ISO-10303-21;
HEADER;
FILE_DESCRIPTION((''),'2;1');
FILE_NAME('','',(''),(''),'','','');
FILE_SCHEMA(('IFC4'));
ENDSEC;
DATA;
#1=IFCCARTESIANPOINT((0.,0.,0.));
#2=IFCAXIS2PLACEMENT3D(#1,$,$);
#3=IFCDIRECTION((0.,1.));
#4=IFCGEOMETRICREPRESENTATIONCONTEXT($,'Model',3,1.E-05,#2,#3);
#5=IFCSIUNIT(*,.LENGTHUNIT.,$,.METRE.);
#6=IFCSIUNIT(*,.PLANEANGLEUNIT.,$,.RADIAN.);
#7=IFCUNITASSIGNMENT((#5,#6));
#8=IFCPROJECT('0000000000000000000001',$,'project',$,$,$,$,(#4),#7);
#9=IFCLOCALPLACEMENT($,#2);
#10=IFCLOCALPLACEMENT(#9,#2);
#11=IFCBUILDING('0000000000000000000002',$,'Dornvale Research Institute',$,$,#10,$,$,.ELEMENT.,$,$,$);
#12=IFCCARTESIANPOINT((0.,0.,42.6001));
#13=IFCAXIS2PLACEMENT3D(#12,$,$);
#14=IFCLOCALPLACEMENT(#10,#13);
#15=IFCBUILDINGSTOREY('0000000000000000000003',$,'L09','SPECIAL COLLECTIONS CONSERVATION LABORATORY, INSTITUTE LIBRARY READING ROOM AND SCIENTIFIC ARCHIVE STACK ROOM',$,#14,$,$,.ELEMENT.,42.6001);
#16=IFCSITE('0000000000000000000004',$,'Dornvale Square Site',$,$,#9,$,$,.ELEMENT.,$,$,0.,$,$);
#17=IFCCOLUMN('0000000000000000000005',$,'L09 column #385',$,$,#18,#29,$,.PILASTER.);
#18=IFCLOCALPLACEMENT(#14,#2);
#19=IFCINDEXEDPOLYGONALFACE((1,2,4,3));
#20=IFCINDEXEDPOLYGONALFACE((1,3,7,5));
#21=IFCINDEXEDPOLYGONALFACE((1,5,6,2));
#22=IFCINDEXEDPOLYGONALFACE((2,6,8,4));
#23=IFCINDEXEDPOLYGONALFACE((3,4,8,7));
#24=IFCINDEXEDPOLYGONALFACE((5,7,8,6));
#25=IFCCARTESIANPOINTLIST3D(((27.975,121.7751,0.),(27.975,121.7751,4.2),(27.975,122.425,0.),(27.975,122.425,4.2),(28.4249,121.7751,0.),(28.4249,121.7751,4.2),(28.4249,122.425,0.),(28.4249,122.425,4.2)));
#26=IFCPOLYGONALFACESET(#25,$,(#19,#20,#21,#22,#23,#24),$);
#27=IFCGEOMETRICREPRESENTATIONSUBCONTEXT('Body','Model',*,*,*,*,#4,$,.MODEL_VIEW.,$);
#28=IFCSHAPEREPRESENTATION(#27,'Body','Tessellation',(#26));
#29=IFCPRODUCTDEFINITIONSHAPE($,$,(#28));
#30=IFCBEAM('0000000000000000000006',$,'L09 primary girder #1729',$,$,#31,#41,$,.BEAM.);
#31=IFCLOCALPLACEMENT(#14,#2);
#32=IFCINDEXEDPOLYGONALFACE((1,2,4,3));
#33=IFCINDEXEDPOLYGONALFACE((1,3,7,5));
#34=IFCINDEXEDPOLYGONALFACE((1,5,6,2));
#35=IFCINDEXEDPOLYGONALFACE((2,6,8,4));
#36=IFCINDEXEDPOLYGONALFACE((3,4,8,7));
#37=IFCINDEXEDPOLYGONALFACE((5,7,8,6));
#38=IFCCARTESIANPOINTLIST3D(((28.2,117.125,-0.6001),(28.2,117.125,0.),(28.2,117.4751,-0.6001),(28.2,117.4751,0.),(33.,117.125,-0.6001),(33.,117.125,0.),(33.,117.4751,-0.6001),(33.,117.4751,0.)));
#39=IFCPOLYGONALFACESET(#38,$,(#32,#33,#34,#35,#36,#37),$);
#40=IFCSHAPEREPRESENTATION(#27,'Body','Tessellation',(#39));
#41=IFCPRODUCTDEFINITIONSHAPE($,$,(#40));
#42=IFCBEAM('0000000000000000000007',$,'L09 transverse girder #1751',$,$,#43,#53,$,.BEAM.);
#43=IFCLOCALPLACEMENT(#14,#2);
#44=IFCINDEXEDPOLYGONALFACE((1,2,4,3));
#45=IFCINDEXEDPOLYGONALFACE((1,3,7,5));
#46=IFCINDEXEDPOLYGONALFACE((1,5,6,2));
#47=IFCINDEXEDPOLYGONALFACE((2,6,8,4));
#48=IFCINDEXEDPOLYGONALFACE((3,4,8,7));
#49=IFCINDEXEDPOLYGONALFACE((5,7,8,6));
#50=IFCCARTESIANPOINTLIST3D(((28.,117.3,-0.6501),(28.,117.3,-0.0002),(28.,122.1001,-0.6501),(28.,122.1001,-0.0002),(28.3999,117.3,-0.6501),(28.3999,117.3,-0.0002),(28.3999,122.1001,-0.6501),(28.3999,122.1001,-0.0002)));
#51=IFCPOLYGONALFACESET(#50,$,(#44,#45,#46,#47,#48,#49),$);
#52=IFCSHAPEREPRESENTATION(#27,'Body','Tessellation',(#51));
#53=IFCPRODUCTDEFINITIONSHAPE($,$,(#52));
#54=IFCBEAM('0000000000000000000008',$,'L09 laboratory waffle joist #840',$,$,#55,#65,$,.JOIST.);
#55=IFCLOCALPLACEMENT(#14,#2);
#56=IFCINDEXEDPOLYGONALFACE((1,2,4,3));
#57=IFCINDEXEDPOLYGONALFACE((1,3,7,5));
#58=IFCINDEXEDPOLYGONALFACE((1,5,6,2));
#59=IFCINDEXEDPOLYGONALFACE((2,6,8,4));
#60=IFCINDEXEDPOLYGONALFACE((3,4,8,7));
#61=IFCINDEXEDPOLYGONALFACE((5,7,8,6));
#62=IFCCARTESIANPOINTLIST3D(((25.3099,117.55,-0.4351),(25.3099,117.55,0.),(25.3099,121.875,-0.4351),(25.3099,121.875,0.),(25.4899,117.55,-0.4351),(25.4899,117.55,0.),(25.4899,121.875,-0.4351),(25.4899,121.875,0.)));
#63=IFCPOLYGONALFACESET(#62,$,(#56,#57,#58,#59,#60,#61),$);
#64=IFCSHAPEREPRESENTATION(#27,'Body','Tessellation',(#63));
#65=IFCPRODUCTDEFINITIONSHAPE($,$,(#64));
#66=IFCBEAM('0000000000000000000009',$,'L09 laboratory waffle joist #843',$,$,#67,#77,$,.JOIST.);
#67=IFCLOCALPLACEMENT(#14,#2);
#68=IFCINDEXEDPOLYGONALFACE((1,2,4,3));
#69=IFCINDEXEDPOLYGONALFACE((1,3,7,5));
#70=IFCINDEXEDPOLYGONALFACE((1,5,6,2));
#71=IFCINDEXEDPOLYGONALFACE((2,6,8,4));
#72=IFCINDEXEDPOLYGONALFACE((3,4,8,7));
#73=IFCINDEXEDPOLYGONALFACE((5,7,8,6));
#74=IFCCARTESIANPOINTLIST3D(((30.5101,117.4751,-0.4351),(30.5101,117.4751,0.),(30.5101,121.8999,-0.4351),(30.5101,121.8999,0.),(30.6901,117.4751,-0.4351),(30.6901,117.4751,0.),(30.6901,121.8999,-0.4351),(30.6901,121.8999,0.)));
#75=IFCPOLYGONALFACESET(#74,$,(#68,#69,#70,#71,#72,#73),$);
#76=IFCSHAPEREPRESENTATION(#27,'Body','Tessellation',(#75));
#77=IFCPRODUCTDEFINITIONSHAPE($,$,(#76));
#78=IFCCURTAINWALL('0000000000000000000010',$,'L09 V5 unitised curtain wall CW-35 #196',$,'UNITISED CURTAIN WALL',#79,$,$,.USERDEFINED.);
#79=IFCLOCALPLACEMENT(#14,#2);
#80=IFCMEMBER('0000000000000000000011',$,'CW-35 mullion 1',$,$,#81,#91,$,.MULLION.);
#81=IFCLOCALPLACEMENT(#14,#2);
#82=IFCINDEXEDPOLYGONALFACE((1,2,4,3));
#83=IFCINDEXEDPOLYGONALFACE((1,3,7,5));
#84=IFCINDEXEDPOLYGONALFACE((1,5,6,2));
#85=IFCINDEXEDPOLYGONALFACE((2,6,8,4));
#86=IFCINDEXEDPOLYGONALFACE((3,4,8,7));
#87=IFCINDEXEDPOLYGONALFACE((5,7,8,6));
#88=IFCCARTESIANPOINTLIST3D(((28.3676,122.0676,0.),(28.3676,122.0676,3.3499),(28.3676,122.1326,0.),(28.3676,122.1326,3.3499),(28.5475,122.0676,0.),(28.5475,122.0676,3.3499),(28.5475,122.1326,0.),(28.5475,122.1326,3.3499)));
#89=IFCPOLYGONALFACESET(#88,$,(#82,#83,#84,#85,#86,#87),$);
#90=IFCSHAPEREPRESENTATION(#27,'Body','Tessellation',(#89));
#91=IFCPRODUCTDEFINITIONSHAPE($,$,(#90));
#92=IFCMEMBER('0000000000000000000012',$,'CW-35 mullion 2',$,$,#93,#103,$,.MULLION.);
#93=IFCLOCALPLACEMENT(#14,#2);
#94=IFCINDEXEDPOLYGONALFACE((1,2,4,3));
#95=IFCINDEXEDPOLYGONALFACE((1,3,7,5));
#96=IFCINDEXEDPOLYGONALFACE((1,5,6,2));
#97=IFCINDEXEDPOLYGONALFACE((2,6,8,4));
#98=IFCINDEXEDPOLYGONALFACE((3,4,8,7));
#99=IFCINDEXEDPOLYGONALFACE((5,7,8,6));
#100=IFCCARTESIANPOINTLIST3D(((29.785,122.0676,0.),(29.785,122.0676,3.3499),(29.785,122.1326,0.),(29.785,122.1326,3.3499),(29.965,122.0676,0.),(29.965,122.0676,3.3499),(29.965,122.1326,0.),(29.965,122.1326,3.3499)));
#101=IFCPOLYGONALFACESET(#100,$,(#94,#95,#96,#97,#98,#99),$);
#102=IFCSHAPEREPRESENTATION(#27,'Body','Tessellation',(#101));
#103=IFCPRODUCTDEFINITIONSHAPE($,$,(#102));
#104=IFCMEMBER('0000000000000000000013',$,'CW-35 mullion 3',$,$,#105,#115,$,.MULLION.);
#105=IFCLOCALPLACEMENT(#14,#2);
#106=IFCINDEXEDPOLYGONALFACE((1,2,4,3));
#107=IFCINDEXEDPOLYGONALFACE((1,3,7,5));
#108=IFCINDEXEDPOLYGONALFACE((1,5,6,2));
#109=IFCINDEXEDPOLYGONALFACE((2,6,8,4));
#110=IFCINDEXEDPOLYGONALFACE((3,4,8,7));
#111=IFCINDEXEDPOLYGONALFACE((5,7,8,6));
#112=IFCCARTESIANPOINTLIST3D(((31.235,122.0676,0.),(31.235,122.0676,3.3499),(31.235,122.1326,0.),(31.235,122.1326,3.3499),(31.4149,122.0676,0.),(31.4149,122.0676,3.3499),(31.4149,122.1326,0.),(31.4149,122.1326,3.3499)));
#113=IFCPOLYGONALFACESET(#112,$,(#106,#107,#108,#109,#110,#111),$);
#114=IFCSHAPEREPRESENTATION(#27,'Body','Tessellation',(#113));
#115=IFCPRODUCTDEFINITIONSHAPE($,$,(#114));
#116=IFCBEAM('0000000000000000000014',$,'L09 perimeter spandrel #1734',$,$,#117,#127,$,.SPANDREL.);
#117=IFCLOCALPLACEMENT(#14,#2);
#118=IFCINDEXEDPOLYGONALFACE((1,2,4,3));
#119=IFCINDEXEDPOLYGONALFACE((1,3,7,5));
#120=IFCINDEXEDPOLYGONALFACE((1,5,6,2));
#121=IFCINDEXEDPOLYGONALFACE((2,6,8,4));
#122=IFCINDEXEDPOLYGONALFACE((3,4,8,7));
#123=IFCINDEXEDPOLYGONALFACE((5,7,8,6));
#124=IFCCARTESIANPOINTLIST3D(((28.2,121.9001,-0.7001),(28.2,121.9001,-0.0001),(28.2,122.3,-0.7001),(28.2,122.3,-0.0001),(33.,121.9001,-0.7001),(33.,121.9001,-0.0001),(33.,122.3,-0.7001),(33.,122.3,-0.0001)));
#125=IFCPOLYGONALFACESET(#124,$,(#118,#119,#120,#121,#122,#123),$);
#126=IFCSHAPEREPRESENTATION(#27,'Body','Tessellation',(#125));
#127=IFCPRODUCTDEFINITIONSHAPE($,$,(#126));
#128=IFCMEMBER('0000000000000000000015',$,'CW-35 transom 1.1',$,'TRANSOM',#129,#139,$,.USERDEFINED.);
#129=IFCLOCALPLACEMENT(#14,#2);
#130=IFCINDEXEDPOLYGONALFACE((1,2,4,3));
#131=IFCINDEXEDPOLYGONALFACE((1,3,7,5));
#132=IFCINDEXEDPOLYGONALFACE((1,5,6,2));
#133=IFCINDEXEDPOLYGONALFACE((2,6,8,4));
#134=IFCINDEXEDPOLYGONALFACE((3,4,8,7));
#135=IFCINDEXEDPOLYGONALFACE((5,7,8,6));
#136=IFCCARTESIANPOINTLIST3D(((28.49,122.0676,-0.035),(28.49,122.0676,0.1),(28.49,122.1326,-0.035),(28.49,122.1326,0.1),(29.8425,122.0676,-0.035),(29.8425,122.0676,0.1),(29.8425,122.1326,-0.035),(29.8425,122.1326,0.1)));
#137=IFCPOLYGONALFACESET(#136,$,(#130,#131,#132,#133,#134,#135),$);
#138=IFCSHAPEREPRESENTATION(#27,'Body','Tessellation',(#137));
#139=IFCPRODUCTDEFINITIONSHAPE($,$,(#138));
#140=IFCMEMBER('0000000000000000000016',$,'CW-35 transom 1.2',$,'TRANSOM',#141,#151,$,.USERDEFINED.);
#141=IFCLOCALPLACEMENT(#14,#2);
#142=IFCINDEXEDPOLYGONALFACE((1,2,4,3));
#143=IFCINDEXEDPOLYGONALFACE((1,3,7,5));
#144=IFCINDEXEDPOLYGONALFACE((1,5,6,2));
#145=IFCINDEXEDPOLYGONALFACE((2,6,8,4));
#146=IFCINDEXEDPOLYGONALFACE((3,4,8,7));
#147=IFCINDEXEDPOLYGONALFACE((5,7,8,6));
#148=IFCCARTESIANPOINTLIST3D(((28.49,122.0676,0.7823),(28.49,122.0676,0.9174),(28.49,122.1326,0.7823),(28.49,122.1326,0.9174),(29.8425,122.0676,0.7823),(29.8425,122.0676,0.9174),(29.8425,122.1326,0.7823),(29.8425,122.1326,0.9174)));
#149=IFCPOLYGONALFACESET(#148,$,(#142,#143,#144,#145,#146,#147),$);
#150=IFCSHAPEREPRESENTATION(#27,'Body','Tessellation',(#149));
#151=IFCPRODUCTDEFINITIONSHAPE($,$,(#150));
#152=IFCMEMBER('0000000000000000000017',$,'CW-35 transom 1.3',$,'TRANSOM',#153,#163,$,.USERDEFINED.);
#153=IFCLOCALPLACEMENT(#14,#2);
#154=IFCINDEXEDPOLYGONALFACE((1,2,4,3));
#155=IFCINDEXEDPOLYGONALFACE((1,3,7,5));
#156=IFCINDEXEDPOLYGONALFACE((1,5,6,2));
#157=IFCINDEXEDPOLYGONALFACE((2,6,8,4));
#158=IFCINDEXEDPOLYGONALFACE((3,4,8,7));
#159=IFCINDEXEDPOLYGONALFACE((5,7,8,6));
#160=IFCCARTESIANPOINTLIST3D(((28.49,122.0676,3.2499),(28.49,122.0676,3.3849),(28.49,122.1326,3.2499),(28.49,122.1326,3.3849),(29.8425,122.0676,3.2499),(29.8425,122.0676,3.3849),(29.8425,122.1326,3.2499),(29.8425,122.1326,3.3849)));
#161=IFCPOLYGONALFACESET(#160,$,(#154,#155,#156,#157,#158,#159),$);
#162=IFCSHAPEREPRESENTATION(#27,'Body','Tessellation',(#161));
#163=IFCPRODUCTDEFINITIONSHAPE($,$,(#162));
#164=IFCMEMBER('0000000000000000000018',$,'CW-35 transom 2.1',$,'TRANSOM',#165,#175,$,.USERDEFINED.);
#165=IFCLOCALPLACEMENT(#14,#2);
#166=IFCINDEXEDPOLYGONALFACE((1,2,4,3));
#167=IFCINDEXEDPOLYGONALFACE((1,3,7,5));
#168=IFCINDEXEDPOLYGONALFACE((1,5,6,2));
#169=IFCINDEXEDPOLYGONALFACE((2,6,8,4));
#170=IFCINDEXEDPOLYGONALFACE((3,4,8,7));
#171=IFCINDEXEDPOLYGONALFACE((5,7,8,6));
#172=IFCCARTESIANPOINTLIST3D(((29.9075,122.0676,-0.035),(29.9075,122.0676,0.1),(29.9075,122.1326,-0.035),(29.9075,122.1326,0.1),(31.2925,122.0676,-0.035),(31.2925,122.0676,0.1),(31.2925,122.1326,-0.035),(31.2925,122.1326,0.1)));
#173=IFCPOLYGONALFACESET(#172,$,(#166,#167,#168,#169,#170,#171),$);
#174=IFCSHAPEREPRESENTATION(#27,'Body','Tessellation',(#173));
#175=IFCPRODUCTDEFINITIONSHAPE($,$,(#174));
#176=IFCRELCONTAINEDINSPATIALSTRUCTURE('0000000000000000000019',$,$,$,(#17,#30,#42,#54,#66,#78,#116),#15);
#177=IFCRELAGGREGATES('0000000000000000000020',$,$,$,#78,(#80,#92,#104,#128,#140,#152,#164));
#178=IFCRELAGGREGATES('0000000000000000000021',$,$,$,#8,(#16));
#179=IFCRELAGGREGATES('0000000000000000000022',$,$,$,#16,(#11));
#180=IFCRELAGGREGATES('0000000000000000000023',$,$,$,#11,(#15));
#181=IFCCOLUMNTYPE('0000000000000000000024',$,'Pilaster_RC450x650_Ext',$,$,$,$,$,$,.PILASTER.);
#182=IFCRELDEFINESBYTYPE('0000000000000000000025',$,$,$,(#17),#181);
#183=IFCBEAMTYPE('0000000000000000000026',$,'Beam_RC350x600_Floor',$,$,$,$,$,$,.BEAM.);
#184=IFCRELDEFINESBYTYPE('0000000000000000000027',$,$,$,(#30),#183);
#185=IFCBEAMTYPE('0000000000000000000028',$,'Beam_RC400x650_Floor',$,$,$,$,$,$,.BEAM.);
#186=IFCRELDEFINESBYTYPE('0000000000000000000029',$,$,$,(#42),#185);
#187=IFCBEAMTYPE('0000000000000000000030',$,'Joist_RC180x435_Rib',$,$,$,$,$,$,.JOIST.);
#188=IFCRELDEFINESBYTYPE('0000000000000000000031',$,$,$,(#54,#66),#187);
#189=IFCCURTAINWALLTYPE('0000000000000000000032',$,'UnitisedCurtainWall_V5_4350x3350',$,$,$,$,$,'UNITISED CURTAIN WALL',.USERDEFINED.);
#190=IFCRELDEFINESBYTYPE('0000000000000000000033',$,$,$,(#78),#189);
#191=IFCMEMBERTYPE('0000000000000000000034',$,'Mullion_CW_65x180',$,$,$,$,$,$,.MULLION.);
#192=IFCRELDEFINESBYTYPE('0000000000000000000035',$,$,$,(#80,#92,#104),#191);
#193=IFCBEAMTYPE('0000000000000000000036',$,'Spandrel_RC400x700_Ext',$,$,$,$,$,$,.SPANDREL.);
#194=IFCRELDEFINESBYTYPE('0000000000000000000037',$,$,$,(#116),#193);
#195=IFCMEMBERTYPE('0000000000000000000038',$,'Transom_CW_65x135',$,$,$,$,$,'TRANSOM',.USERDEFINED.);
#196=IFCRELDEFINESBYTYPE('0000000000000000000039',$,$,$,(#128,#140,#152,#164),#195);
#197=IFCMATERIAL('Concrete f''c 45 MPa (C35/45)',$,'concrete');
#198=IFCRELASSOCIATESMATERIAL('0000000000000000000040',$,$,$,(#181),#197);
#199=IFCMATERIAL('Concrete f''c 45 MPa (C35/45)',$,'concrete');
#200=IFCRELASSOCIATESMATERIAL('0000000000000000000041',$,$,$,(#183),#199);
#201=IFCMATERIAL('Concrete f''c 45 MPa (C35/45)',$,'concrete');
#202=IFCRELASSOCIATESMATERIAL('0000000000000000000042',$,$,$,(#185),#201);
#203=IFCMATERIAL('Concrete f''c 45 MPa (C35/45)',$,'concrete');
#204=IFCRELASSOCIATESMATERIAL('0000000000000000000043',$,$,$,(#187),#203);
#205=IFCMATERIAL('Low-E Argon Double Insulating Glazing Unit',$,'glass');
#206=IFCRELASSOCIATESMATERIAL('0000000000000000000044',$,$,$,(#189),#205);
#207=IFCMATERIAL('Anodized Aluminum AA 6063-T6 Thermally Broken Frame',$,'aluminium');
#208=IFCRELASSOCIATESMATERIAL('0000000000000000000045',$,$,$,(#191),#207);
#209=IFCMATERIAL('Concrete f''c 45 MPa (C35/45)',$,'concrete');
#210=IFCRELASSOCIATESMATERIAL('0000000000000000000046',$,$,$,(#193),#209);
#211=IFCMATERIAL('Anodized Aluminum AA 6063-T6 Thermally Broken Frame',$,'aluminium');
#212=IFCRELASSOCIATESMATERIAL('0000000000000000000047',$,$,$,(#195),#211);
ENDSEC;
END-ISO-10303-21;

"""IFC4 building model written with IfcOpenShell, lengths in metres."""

from ifc_helpers import new_model, si_unit, direction, frame, origin, origin_2d, place, context, subcontext, project, spatial, rectangle, extrude, material, material_profile, profile_set, type_object, element, aggregate, save


model = new_model("IFC4")

# Units and contexts
model_context = context("Model", 3, precision=1e-05, world=origin(), true_north=direction((0.0, 1.0)))
body_context = subcontext(model_context, "Body", "Model", "MODEL_VIEW")
ifc_project = project(units=[si_unit("LENGTHUNIT", "METRE"), si_unit("PLANEANGLEUNIT", "RADIAN")], contexts=[model_context])

# Site, building, storey
site_placement = place(None, origin())
site = spatial("IfcSite", under=ifc_project, at=site_placement, Name="Dornvale Square Site", CompositionType="ELEMENT", RefElevation=0.0)
building_placement = place(site_placement, origin())
building = spatial("IfcBuilding", under=site, at=building_placement, Name="Dornvale Research Institute", CompositionType="ELEMENT")
storey_placement = place(building_placement, frame((0.0, 0.0, 42.6001)))
storey = spatial("IfcBuildingStorey", under=building, at=storey_placement, Name="L09", Description="SPECIAL COLLECTIONS CONSERVATION LABORATORY, INSTITUTE LIBRARY READING ROOM AND SCIENTIFIC ARCHIVE STACK ROOM", CompositionType="ELEMENT", Elevation=42.6001)

# Column
ifc_material_1 = material(Name="Concrete f'c 45 MPa (C35/45)", Category="concrete")
ifc_material_profile_1 = material_profile(ifc_material_1, rectangle(XDim=0.45, YDim=0.6499, at=origin_2d()), Name="RC 450x650")
ifc_profile_set_1 = profile_set([ifc_material_profile_1], Name="Concrete f'c 45 MPa (C35/45)")
column_type = type_object("IfcColumnType", Name="Pilaster_RC450x650_Ext", PredefinedType="PILASTER", material=ifc_profile_set_1)
column_placement = place(storey_placement, frame((28.2, 122.1001, 0.0), z_axis=(0.0, 0.0, 1.0), x_axis=(1.0, 0.0, 0.0)))
element("IfcColumn", 1, at=column_placement, inside=storey, type_object=column_type, Name="L09 column #385", PredefinedType="PILASTER", context=body_context, shape_type="SweptSolid", body=[
    extrude(rectangle(XDim=0.45, YDim=0.6499, at=origin_2d()), origin(), (0.0, 0.0, 1.0), 4.2),
])

# Beams
ifc_material_2 = material(Name="Concrete f'c 45 MPa (C35/45)", Category="concrete")
ifc_material_profile_2 = material_profile(ifc_material_2, rectangle(XDim=0.3501, YDim=0.6001, at=origin_2d()), Name="RC 350x600")
ifc_profile_set_2 = profile_set([ifc_material_profile_2], Name="Concrete f'c 45 MPa (C35/45)")
beam_type_1 = type_object("IfcBeamType", Name="Beam_RC350x600_Floor", PredefinedType="BEAM", material=ifc_profile_set_2)
beam_1_placement = place(storey_placement, frame((28.2, 117.3, -0.3), z_axis=(1.0, 0.0, 0.0), x_axis=(0.0, 1.0, 0.0)))
element("IfcBeam", 2, at=beam_1_placement, inside=storey, type_object=beam_type_1, Name="L09 primary girder #1729", PredefinedType="BEAM", context=body_context, shape_type="SweptSolid", body=[
    extrude(rectangle(XDim=0.3501, YDim=0.6001, at=origin_2d()), origin(), (0.0, 0.0, 1.0), 4.8),
])
ifc_material_3 = material(Name="Concrete f'c 45 MPa (C35/45)", Category="concrete")
ifc_material_profile_3 = material_profile(ifc_material_3, rectangle(XDim=0.3999, YDim=0.6499, at=origin_2d()), Name="RC 400x650")
ifc_profile_set_3 = profile_set([ifc_material_profile_3], Name="Concrete f'c 45 MPa (C35/45)")
beam_type_2 = type_object("IfcBeamType", Name="Beam_RC400x650_Floor", PredefinedType="BEAM", material=ifc_profile_set_3)
beam_2_placement = place(storey_placement, frame((28.2, 117.3, -0.3252), z_axis=(0.0, 1.0, 0.0), x_axis=(-1.0, 0.0, 0.0)))
element("IfcBeam", 3, at=beam_2_placement, inside=storey, type_object=beam_type_2, Name="L09 transverse girder #1751", PredefinedType="BEAM", context=body_context, shape_type="SweptSolid", body=[
    extrude(rectangle(XDim=0.3999, YDim=0.6499, at=origin_2d()), origin(), (0.0, 0.0, 1.0), 4.8),
])
ifc_material_4 = material(Name="Concrete f'c 45 MPa (C35/45)", Category="concrete")
ifc_material_profile_4 = material_profile(ifc_material_4, rectangle(XDim=0.1799, YDim=0.4351, at=origin_2d()), Name="RC 180x435")
ifc_profile_set_4 = profile_set([ifc_material_profile_4], Name="Concrete f'c 45 MPa (C35/45)")
beam_type_3 = type_object("IfcBeamType", Name="Joist_RC180x435_Rib", PredefinedType="JOIST", material=ifc_profile_set_4)
beam_3_placement = place(storey_placement, frame((25.3999, 117.55, -0.2175), z_axis=(0.0, 1.0, 0.0), x_axis=(-1.0, 0.0, 0.0)))
element("IfcBeam", 4, at=beam_3_placement, inside=storey, type_object=beam_type_3, Name="L09 laboratory waffle joist #840", PredefinedType="JOIST", context=body_context, shape_type="SweptSolid", body=[
    extrude(rectangle(XDim=0.1799, YDim=0.4351, at=origin_2d()), origin(), (0.0, 0.0, 1.0), 4.325),
])
beam_4_placement = place(storey_placement, frame((30.6001, 117.4751, -0.2175), z_axis=(0.0, 1.0, 0.0), x_axis=(-1.0, 0.0, 0.0)))
element("IfcBeam", 5, at=beam_4_placement, inside=storey, type_object=beam_type_3, Name="L09 laboratory waffle joist #843", PredefinedType="JOIST", context=body_context, shape_type="SweptSolid", body=[
    extrude(rectangle(XDim=0.1799, YDim=0.4351, at=origin_2d()), origin(), (0.0, 0.0, 1.0), 4.4248),
])

# Curtain wall, members
ifc_material_5 = material(Name="Low-E Argon Double Insulating Glazing Unit", Category="glass")
curtain_wall_type = type_object("IfcCurtainWallType", Name="UnitisedCurtainWall_V5_4350x3350", ElementType="UNITISED CURTAIN WALL", PredefinedType="USERDEFINED", material=ifc_material_5)
curtain_wall_placement = place(storey_placement, origin())
curtain_wall = element("IfcCurtainWall", 6, at=curtain_wall_placement, inside=storey, type_object=curtain_wall_type, Name="L09 V5 unitised curtain wall CW-35 #196", ObjectType="UNITISED CURTAIN WALL", PredefinedType="USERDEFINED")
ifc_material_6 = material(Name="Anodized Aluminum AA 6063-T6 Thermally Broken Frame", Category="aluminium")
ifc_material_profile_5 = material_profile(ifc_material_6, rectangle(XDim=0.0649, YDim=0.1799, at=origin_2d()), Name="ALU MULLION 65x180")
ifc_profile_set_5 = profile_set([ifc_material_profile_5], Name="Anodized Aluminum AA 6063-T6 Thermally Broken Frame")
member_type_1 = type_object("IfcMemberType", Name="Mullion_CW_65x180", PredefinedType="MULLION", material=ifc_profile_set_5)
member_1_placement = place(storey_placement, frame((28.4575, 122.1001, 0.0), z_axis=(0.0, 0.0, 1.0), x_axis=(0.0, 1.0, 0.0)))
member_1 = element("IfcMember", 7, at=member_1_placement, type_object=member_type_1, Name="CW-35 mullion 1", PredefinedType="MULLION", context=body_context, shape_type="SweptSolid", body=[
    extrude(rectangle(XDim=0.0649, YDim=0.1799, at=origin_2d()), origin(), (0.0, 0.0, 1.0), 3.3499),
])
member_2_placement = place(storey_placement, frame((29.875, 122.1001, 0.0), z_axis=(0.0, 0.0, 1.0), x_axis=(0.0, 1.0, 0.0)))
member_2 = element("IfcMember", 8, at=member_2_placement, type_object=member_type_1, Name="CW-35 mullion 2", PredefinedType="MULLION", context=body_context, shape_type="SweptSolid", body=[
    extrude(rectangle(XDim=0.0649, YDim=0.1799, at=origin_2d()), origin(), (0.0, 0.0, 1.0), 3.3499),
])
member_3_placement = place(storey_placement, frame((31.325, 122.1001, 0.0), z_axis=(0.0, 0.0, 1.0), x_axis=(0.0, 1.0, 0.0)))
member_3 = element("IfcMember", 9, at=member_3_placement, type_object=member_type_1, Name="CW-35 mullion 3", PredefinedType="MULLION", context=body_context, shape_type="SweptSolid", body=[
    extrude(rectangle(XDim=0.0649, YDim=0.1799, at=origin_2d()), origin(), (0.0, 0.0, 1.0), 3.3499),
])

# Beam
ifc_material_7 = material(Name="Concrete f'c 45 MPa (C35/45)", Category="concrete")
ifc_material_profile_6 = material_profile(ifc_material_7, rectangle(XDim=0.3999, YDim=0.7, at=origin_2d()), Name="RC 400x700")
ifc_profile_set_6 = profile_set([ifc_material_profile_6], Name="Concrete f'c 45 MPa (C35/45)")
beam_type_4 = type_object("IfcBeamType", Name="Spandrel_RC400x700_Ext", PredefinedType="SPANDREL", material=ifc_profile_set_6)
beam_5_placement = place(storey_placement, frame((28.2, 122.1001, -0.3501), z_axis=(1.0, 0.0, 0.0), x_axis=(0.0, 1.0, 0.0)))
element("IfcBeam", 10, at=beam_5_placement, inside=storey, type_object=beam_type_4, Name="L09 perimeter spandrel #1734", PredefinedType="SPANDREL", context=body_context, shape_type="SweptSolid", body=[
    extrude(rectangle(XDim=0.3999, YDim=0.7, at=origin_2d()), origin(), (0.0, 0.0, 1.0), 4.8),
])

# Members
ifc_material_8 = material(Name="Anodized Aluminum AA 6063-T6 Thermally Broken Frame", Category="aluminium")
ifc_material_profile_7 = material_profile(ifc_material_8, rectangle(XDim=0.0649, YDim=0.135, at=origin_2d()), Name="ALU TRANSOM 65x135")
ifc_profile_set_7 = profile_set([ifc_material_profile_7], Name="Anodized Aluminum AA 6063-T6 Thermally Broken Frame")
member_type_2 = type_object("IfcMemberType", Name="Transom_CW_65x135", ElementType="TRANSOM", PredefinedType="USERDEFINED", material=ifc_profile_set_7)
member_4_placement = place(storey_placement, frame((28.49, 122.1001, 0.0325), z_axis=(1.0, 0.0, 0.0), x_axis=(0.0, 1.0, 0.0)))
member_4 = element("IfcMember", 11, at=member_4_placement, type_object=member_type_2, Name="CW-35 transom 1.1", ObjectType="TRANSOM", PredefinedType="USERDEFINED", context=body_context, shape_type="SweptSolid", body=[
    extrude(rectangle(XDim=0.0649, YDim=0.135, at=origin_2d()), origin(), (0.0, 0.0, 1.0), 1.3525),
])
member_5_placement = place(storey_placement, frame((28.49, 122.1001, 0.8499), z_axis=(1.0, 0.0, 0.0), x_axis=(0.0, 1.0, 0.0)))
member_5 = element("IfcMember", 12, at=member_5_placement, type_object=member_type_2, Name="CW-35 transom 1.2", ObjectType="TRANSOM", PredefinedType="USERDEFINED", context=body_context, shape_type="SweptSolid", body=[
    extrude(rectangle(XDim=0.0649, YDim=0.135, at=origin_2d()), origin(), (0.0, 0.0, 1.0), 1.3525),
])
member_6_placement = place(storey_placement, frame((28.49, 122.1001, 3.3174), z_axis=(1.0, 0.0, 0.0), x_axis=(0.0, 1.0, 0.0)))
member_6 = element("IfcMember", 13, at=member_6_placement, type_object=member_type_2, Name="CW-35 transom 1.3", ObjectType="TRANSOM", PredefinedType="USERDEFINED", context=body_context, shape_type="SweptSolid", body=[
    extrude(rectangle(XDim=0.0649, YDim=0.135, at=origin_2d()), origin(), (0.0, 0.0, 1.0), 1.3525),
])
member_7_placement = place(storey_placement, frame((29.9075, 122.1001, 0.0325), z_axis=(1.0, 0.0, 0.0), x_axis=(0.0, 1.0, 0.0)))
member_7 = element("IfcMember", 14, at=member_7_placement, type_object=member_type_2, Name="CW-35 transom 2.1", ObjectType="TRANSOM", PredefinedType="USERDEFINED", context=body_context, shape_type="SweptSolid", body=[
    extrude(rectangle(XDim=0.0649, YDim=0.135, at=origin_2d()), origin(), (0.0, 0.0, 1.0), 1.385),
])

aggregate(curtain_wall, [member_1, member_2, member_3, member_4, member_5, member_6, member_7])

save(model, "model.ifc")
